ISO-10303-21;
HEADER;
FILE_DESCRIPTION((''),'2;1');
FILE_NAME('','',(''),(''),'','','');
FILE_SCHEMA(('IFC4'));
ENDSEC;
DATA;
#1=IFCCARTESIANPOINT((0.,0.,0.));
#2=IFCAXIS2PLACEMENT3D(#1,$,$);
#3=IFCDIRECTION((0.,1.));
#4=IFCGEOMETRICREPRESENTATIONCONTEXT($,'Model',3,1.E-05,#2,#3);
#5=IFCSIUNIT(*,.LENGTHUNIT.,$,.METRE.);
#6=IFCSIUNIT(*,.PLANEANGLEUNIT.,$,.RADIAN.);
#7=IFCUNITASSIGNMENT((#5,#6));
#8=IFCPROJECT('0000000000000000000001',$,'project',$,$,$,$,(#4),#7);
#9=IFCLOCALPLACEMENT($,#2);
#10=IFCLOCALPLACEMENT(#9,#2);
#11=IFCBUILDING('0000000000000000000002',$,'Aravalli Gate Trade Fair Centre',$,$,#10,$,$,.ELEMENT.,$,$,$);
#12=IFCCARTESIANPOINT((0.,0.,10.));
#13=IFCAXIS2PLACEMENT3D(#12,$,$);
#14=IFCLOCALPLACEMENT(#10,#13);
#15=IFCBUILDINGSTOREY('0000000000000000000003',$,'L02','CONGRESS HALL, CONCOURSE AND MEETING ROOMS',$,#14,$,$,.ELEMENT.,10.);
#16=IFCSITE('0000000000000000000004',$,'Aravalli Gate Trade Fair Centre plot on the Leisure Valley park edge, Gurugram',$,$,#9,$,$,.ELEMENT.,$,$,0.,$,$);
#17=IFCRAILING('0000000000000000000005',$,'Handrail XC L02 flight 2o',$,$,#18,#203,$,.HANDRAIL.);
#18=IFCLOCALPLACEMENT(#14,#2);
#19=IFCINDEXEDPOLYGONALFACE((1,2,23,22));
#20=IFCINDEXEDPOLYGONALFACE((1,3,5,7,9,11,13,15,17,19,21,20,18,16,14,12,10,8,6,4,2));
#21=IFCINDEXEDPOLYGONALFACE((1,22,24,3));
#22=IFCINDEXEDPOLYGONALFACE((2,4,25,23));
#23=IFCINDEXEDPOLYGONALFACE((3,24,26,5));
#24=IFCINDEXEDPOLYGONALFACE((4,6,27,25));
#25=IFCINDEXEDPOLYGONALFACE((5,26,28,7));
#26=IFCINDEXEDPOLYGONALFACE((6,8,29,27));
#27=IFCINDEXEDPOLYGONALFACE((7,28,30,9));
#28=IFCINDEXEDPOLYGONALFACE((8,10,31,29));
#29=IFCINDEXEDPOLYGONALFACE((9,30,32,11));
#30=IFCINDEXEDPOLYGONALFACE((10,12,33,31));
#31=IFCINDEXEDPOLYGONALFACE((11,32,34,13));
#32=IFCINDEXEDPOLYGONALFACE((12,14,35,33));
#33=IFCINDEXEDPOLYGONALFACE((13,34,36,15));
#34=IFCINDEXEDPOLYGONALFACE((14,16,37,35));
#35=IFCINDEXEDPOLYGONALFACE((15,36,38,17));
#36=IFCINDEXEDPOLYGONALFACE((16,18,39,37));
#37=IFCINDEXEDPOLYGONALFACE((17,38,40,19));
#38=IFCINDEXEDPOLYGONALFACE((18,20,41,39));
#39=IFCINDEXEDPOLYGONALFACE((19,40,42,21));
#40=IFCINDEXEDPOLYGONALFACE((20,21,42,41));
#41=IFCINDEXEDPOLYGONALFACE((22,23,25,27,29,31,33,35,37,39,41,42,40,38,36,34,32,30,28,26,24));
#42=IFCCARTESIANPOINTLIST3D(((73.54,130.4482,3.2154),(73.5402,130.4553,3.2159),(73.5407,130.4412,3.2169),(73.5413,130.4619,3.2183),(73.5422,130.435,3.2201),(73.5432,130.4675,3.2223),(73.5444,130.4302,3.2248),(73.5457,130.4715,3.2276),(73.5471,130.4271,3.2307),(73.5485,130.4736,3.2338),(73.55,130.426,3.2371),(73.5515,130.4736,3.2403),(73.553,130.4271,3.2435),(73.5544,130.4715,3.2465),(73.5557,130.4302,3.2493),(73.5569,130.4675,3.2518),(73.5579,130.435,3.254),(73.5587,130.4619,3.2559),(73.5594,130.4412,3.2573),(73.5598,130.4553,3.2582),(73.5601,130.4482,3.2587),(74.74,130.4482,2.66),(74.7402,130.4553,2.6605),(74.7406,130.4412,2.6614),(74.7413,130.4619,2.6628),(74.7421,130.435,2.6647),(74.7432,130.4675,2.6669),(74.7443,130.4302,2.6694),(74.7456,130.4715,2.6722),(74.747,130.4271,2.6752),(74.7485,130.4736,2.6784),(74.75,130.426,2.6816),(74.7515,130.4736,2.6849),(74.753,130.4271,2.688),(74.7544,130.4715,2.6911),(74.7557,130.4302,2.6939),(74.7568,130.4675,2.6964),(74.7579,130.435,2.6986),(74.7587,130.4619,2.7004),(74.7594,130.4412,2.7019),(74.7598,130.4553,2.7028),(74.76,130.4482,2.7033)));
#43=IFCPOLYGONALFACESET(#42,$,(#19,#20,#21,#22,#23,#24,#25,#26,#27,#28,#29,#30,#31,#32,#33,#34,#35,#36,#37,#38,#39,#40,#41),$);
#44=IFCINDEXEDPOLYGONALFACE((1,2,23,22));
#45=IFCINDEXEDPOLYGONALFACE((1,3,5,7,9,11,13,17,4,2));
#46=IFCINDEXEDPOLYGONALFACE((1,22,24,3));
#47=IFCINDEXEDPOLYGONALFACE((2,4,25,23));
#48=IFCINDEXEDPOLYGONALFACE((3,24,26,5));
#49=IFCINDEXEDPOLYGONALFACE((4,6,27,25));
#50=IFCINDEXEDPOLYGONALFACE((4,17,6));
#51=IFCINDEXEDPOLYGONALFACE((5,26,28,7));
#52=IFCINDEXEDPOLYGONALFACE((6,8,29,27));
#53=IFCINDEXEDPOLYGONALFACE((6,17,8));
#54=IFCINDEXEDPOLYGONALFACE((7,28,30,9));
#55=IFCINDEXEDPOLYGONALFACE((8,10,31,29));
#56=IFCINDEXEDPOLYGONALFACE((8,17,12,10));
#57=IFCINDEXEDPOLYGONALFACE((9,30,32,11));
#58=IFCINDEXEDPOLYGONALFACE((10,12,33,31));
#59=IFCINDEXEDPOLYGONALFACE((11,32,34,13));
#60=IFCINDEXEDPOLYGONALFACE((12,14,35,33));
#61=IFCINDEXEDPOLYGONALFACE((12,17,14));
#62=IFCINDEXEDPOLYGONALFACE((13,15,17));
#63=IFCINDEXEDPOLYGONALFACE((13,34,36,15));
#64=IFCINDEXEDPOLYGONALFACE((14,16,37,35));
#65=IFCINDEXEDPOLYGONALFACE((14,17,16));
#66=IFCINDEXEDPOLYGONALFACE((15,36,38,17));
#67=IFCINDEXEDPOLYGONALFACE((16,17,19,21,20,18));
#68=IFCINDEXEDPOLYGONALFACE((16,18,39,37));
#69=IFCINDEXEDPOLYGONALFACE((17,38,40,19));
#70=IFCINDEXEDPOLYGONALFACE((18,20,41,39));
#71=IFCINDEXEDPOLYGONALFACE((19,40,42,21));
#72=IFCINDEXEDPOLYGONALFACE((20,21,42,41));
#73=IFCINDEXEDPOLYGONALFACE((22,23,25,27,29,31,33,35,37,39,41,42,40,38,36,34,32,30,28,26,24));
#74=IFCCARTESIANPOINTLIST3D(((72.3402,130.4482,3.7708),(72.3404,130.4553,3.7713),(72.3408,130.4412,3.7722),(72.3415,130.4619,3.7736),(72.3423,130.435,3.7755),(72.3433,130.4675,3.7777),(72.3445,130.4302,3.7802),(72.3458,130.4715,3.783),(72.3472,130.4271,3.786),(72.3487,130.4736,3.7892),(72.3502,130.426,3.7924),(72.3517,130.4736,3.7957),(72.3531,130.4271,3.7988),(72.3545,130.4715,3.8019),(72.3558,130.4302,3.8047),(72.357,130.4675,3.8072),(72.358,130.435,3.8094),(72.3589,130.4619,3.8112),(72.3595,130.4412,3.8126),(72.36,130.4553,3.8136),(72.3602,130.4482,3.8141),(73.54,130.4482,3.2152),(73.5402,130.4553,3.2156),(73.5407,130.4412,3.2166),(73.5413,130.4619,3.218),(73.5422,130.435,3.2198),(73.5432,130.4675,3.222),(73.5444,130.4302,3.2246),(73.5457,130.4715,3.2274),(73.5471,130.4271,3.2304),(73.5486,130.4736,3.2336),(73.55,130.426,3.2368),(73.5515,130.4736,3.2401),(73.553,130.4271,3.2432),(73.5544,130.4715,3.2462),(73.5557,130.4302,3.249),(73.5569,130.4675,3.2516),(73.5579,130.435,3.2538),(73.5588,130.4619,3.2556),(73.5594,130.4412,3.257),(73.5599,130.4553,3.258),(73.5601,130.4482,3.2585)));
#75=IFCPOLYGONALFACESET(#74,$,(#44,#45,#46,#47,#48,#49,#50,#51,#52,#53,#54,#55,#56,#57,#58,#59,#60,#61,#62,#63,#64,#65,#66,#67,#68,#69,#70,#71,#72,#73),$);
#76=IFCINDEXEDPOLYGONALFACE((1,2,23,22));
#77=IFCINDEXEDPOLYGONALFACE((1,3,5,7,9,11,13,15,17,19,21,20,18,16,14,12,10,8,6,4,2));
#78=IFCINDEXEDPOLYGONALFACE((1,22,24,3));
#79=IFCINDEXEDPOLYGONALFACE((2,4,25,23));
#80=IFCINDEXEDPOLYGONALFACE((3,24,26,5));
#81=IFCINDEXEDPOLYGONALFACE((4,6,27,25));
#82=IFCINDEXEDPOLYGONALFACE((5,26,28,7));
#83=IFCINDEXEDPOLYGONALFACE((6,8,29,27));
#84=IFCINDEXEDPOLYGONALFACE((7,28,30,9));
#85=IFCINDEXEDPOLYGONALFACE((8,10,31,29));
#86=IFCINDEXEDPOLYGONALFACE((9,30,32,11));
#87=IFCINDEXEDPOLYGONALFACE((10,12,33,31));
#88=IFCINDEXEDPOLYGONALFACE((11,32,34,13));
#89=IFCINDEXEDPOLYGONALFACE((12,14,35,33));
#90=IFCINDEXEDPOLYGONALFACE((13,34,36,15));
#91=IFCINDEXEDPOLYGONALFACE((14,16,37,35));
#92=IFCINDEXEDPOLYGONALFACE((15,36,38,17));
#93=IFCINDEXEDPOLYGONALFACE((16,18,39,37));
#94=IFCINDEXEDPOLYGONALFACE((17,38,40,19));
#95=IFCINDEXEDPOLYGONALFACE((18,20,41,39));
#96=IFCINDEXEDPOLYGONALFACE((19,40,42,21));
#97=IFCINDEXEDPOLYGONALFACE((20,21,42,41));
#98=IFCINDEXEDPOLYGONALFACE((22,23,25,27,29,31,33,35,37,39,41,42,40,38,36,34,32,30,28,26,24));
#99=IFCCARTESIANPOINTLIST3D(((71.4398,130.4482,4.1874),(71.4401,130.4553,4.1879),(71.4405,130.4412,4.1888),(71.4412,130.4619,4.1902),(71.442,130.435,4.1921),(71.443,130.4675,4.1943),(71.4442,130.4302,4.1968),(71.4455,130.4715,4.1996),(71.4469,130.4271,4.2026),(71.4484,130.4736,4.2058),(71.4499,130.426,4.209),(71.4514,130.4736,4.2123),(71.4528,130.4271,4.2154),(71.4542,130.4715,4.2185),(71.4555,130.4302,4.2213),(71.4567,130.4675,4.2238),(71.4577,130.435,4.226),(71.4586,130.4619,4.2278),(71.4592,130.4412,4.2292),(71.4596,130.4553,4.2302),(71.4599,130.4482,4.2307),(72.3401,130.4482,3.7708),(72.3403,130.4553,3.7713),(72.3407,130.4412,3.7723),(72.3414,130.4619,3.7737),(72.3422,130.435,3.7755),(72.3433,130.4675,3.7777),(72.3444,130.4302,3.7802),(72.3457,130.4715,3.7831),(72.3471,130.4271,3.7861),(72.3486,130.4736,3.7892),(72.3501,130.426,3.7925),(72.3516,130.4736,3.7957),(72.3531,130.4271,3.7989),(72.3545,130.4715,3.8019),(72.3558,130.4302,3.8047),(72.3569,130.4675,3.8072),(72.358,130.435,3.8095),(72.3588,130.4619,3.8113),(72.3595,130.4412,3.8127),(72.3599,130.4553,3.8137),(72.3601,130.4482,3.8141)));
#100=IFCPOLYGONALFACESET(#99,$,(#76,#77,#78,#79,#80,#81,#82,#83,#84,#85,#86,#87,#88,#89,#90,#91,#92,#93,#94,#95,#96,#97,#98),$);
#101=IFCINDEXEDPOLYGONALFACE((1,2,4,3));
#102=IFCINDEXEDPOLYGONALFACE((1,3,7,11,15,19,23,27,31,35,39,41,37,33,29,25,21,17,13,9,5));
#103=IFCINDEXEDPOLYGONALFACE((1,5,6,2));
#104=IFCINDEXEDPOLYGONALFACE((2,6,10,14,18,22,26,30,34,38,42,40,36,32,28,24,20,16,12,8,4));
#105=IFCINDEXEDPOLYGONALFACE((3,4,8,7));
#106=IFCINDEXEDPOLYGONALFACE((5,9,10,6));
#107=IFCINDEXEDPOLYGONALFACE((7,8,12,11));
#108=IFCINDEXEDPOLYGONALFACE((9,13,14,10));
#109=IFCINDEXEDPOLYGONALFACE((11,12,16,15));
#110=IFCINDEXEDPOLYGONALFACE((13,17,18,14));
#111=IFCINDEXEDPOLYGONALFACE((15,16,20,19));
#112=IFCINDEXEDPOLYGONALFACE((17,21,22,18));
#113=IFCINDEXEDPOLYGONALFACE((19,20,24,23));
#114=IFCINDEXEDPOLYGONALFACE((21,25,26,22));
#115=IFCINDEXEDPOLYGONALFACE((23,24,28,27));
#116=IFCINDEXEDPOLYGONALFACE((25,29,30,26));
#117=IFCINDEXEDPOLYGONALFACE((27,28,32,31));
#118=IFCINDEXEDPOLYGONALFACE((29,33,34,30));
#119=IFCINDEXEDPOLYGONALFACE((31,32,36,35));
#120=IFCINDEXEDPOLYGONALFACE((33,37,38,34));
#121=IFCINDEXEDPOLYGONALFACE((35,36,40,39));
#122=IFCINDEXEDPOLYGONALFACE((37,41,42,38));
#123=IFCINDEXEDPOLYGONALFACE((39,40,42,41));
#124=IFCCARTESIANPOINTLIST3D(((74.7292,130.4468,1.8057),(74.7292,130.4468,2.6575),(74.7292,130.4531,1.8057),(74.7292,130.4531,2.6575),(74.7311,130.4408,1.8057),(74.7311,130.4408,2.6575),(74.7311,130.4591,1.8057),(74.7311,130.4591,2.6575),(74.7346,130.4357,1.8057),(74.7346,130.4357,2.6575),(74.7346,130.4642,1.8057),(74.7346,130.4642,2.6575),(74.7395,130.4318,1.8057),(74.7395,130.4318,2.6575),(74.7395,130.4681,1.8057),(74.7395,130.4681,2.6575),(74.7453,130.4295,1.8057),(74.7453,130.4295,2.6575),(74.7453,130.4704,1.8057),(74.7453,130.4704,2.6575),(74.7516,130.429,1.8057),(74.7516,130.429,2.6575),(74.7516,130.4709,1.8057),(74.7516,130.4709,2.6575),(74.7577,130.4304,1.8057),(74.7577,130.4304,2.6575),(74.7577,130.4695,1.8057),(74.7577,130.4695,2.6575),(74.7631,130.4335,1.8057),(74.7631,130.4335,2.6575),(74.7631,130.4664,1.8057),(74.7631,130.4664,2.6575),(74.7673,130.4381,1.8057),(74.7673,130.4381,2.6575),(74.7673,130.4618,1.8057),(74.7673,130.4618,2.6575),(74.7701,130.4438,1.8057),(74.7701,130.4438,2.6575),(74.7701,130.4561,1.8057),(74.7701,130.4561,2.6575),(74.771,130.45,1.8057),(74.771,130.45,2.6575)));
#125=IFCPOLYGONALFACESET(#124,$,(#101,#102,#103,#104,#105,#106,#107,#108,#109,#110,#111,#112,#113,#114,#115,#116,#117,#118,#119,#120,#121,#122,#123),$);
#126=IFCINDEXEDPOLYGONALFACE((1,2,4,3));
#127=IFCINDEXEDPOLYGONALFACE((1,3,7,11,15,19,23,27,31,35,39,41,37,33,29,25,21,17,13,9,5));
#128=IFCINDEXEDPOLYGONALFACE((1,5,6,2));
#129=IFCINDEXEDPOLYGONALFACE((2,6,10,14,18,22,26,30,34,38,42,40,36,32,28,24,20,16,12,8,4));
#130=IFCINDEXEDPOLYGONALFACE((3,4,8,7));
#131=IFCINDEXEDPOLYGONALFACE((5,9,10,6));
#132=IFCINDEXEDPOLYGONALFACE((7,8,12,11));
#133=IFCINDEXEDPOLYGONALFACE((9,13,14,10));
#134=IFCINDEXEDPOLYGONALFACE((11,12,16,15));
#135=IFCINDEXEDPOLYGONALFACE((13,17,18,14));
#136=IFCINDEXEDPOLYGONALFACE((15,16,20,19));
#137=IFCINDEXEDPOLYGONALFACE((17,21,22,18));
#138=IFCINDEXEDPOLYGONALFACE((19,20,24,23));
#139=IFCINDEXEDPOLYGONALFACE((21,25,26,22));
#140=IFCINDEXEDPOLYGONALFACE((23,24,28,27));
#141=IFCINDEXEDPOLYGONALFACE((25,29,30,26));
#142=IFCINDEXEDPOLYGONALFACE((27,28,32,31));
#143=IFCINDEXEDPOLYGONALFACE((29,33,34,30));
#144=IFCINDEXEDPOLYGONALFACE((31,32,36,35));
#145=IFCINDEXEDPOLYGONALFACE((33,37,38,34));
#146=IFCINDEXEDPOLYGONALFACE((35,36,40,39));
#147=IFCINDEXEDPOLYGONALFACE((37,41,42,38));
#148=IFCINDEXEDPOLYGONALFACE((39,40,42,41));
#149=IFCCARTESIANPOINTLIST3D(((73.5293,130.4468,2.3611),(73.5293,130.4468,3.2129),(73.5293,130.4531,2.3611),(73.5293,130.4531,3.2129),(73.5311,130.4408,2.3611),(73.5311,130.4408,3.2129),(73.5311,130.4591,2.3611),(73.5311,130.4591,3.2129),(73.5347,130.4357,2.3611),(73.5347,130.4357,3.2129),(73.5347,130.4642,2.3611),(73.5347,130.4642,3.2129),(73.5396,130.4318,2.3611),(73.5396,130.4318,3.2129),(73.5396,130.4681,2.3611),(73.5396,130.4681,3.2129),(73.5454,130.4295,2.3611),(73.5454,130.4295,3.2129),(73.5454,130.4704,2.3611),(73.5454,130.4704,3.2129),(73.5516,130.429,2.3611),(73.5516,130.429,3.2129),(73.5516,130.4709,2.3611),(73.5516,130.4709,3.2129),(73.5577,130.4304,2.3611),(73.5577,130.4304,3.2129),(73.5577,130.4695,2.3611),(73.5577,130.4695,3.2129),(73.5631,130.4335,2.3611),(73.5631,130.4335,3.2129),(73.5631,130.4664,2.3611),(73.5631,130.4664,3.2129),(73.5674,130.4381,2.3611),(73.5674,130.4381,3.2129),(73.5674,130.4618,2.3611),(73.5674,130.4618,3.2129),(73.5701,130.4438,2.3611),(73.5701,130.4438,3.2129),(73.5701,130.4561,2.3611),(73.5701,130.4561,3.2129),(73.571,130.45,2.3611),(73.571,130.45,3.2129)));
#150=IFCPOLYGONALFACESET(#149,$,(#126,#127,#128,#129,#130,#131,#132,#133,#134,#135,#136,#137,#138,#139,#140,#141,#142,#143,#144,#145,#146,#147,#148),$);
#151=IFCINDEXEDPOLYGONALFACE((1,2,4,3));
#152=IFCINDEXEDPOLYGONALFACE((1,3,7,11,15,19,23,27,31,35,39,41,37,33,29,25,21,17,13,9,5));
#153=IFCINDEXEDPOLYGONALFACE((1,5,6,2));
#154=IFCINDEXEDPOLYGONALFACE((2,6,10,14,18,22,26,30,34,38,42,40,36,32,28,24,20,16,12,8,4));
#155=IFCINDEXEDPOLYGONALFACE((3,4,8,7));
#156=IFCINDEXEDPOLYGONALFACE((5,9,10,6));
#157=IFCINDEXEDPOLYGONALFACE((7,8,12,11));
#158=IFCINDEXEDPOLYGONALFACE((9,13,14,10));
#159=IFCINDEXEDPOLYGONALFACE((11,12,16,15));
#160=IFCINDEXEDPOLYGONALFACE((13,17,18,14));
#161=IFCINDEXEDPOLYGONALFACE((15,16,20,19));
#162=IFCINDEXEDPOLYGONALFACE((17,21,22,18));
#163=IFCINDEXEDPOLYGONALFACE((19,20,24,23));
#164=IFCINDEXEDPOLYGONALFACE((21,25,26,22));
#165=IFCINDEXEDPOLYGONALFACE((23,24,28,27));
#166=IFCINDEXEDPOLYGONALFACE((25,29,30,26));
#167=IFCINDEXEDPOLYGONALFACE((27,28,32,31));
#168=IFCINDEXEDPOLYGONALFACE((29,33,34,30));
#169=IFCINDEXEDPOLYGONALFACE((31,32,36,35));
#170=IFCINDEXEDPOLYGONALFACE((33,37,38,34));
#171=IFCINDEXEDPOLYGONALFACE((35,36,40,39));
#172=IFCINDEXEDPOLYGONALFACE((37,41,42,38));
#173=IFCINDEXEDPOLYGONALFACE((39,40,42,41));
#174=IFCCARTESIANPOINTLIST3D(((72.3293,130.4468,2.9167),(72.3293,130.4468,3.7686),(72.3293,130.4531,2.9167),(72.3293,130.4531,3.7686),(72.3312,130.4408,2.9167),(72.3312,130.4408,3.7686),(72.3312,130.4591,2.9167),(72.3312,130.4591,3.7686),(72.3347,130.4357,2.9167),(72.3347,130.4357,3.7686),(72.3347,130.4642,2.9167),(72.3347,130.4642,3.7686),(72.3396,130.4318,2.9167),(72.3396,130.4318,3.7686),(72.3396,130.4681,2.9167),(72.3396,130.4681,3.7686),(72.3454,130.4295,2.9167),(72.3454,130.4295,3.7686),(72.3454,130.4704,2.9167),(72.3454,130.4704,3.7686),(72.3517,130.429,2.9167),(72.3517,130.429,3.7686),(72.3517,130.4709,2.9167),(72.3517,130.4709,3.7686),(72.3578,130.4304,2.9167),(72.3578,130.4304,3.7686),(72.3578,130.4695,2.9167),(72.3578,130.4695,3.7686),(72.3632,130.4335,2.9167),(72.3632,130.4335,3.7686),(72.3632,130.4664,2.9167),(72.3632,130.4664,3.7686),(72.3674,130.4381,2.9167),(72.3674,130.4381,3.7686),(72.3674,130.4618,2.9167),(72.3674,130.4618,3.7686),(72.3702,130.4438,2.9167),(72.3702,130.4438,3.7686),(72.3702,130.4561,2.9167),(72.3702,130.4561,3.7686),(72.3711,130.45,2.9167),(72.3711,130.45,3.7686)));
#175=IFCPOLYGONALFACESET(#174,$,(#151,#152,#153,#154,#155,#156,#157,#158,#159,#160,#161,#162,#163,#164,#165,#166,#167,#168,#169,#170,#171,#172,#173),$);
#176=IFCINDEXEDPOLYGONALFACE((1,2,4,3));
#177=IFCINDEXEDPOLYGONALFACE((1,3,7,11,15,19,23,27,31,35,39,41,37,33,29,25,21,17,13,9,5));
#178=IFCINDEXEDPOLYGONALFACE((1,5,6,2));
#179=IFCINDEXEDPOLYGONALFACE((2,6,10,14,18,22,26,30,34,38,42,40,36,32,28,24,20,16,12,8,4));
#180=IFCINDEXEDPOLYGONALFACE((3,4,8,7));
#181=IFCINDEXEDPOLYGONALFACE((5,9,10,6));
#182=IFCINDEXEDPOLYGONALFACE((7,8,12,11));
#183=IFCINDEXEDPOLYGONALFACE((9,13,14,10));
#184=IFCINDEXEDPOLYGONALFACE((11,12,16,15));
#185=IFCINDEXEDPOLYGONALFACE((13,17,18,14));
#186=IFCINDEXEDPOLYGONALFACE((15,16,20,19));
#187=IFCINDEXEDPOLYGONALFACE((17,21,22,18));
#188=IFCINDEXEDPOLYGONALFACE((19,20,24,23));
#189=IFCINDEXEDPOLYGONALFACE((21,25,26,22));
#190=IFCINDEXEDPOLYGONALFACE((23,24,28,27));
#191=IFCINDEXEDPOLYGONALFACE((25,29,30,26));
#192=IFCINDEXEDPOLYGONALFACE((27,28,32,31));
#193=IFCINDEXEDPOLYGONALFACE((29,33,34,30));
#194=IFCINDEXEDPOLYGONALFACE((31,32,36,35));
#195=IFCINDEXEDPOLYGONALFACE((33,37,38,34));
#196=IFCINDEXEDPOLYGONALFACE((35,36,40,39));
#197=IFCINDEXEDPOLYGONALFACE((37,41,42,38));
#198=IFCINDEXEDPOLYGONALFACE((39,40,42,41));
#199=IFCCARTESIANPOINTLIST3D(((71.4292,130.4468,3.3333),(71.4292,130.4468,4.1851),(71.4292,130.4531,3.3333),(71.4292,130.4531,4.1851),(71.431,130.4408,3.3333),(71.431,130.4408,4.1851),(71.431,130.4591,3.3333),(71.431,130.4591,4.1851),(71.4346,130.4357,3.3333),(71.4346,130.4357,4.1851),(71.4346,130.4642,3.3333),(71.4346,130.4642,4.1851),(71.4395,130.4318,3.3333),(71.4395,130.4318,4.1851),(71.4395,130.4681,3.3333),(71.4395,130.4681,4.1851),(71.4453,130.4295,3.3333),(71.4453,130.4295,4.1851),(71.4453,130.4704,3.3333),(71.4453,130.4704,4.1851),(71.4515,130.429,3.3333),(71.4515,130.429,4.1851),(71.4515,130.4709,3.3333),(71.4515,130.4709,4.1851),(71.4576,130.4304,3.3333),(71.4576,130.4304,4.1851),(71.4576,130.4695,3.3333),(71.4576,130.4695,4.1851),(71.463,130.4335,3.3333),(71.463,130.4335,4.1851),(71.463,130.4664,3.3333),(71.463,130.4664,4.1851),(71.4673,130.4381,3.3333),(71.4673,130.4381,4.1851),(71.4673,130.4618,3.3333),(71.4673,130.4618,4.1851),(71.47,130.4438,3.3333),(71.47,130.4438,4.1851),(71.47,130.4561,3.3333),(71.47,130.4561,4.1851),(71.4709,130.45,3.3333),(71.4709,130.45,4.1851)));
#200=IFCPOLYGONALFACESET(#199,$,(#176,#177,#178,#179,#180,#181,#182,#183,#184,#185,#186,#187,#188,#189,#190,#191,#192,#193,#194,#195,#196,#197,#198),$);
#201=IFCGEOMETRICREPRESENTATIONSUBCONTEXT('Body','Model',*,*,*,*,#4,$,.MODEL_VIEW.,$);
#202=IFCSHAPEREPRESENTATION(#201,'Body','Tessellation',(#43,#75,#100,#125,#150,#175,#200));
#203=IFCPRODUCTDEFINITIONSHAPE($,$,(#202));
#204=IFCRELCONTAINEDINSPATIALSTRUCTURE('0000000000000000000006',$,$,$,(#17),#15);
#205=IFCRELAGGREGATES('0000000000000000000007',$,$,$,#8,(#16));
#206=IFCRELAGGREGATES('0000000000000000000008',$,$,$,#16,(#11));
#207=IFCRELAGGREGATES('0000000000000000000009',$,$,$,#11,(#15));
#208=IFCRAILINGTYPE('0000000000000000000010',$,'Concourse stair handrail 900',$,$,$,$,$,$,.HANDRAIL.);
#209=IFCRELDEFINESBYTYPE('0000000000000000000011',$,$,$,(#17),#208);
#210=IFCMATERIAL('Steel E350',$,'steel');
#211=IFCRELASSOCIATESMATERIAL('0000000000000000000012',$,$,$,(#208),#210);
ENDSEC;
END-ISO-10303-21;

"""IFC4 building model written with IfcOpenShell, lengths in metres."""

from ifc_helpers import new_model, si_unit, direction, frame, origin, origin_2d, place, context, subcontext, project, spatial, circle, extrude, material, type_object, element, save


model = new_model("IFC4")

# Units and contexts
model_context = context("Model", 3, precision=1e-05, world=origin(), true_north=direction((0.0, 1.0)))
body_context = subcontext(model_context, "Body", "Model", "MODEL_VIEW")
ifc_project = project(units=[si_unit("LENGTHUNIT", "METRE"), si_unit("PLANEANGLEUNIT", "RADIAN")], contexts=[model_context])

# Site, building, storey
site_placement = place(None, origin())
site = spatial("IfcSite", under=ifc_project, at=site_placement, Name="Aravalli Gate Trade Fair Centre plot on the Leisure Valley park edge, Gurugram", CompositionType="ELEMENT", RefElevation=0.0)
building_placement = place(site_placement, origin())
building = spatial("IfcBuilding", under=site, at=building_placement, Name="Aravalli Gate Trade Fair Centre", CompositionType="ELEMENT")
storey_placement = place(building_placement, frame((0.0, 0.0, 10.0)))
storey = spatial("IfcBuildingStorey", under=building, at=storey_placement, Name="L02", Description="CONGRESS HALL, CONCOURSE AND MEETING ROOMS", CompositionType="ELEMENT", Elevation=10.0)

# Shared definitions
ifc_material_1 = material(Name="Steel E350", Category="steel")

# Railing
railing_type_1 = type_object("IfcRailingType", Name="Concourse stair handrail 900", PredefinedType="HANDRAIL", material=ifc_material_1)
for number, where, name in (
    (1, (74.75, 130.45, 1.8057), "Handrail XC L02 flight 2o"),
):
    element("IfcRailing", number, at=place(storey_placement, frame(where)), inside=storey, type_object=railing_type_1, Name=name, PredefinedType="HANDRAIL", context=body_context, shape_type="SweptSolid", body=[
        extrude(circle(Radius=0.0239, at=origin_2d()), frame((0.0, 0.0, 0.876), z_axis=(-0.907499, 0.0, 0.420053), x_axis=(0.0, -1.0, 0.0)), (0.0, 0.0, 1.0), 1.3223),
        extrude(circle(Radius=0.0239, at=origin_2d()), frame((-1.2, 0.0, 1.4312), z_axis=(-0.907429, 0.0, 0.420205), x_axis=(0.0, -1.0, 0.0)), (0.0, 0.0, 1.0), 1.3223),
        extrude(circle(Radius=0.0239, at=origin_2d()), frame((-2.3999, 0.0, 1.9868), z_axis=(-0.907556, 0.0, 0.419932), x_axis=(0.0, -1.0, 0.0)), (0.0, 0.0, 1.0), 0.9919),
        extrude(circle(Radius=0.021, at=origin_2d()), origin(), (0.0, 0.0, 1.0), 0.8518),
        extrude(circle(Radius=0.021, at=origin_2d()), frame((-1.2, 0.0, 0.5554)), (0.0, 0.0, 1.0), 0.8518),
        extrude(circle(Radius=0.021, at=origin_2d()), frame((-2.3999, 0.0, 1.1111)), (0.0, 0.0, 1.0), 0.8518),
        extrude(circle(Radius=0.021, at=origin_2d()), frame((-3.3, 0.0, 1.5276)), (0.0, 0.0, 1.0), 0.8518),
    ])

save(model, "model.ifc")
